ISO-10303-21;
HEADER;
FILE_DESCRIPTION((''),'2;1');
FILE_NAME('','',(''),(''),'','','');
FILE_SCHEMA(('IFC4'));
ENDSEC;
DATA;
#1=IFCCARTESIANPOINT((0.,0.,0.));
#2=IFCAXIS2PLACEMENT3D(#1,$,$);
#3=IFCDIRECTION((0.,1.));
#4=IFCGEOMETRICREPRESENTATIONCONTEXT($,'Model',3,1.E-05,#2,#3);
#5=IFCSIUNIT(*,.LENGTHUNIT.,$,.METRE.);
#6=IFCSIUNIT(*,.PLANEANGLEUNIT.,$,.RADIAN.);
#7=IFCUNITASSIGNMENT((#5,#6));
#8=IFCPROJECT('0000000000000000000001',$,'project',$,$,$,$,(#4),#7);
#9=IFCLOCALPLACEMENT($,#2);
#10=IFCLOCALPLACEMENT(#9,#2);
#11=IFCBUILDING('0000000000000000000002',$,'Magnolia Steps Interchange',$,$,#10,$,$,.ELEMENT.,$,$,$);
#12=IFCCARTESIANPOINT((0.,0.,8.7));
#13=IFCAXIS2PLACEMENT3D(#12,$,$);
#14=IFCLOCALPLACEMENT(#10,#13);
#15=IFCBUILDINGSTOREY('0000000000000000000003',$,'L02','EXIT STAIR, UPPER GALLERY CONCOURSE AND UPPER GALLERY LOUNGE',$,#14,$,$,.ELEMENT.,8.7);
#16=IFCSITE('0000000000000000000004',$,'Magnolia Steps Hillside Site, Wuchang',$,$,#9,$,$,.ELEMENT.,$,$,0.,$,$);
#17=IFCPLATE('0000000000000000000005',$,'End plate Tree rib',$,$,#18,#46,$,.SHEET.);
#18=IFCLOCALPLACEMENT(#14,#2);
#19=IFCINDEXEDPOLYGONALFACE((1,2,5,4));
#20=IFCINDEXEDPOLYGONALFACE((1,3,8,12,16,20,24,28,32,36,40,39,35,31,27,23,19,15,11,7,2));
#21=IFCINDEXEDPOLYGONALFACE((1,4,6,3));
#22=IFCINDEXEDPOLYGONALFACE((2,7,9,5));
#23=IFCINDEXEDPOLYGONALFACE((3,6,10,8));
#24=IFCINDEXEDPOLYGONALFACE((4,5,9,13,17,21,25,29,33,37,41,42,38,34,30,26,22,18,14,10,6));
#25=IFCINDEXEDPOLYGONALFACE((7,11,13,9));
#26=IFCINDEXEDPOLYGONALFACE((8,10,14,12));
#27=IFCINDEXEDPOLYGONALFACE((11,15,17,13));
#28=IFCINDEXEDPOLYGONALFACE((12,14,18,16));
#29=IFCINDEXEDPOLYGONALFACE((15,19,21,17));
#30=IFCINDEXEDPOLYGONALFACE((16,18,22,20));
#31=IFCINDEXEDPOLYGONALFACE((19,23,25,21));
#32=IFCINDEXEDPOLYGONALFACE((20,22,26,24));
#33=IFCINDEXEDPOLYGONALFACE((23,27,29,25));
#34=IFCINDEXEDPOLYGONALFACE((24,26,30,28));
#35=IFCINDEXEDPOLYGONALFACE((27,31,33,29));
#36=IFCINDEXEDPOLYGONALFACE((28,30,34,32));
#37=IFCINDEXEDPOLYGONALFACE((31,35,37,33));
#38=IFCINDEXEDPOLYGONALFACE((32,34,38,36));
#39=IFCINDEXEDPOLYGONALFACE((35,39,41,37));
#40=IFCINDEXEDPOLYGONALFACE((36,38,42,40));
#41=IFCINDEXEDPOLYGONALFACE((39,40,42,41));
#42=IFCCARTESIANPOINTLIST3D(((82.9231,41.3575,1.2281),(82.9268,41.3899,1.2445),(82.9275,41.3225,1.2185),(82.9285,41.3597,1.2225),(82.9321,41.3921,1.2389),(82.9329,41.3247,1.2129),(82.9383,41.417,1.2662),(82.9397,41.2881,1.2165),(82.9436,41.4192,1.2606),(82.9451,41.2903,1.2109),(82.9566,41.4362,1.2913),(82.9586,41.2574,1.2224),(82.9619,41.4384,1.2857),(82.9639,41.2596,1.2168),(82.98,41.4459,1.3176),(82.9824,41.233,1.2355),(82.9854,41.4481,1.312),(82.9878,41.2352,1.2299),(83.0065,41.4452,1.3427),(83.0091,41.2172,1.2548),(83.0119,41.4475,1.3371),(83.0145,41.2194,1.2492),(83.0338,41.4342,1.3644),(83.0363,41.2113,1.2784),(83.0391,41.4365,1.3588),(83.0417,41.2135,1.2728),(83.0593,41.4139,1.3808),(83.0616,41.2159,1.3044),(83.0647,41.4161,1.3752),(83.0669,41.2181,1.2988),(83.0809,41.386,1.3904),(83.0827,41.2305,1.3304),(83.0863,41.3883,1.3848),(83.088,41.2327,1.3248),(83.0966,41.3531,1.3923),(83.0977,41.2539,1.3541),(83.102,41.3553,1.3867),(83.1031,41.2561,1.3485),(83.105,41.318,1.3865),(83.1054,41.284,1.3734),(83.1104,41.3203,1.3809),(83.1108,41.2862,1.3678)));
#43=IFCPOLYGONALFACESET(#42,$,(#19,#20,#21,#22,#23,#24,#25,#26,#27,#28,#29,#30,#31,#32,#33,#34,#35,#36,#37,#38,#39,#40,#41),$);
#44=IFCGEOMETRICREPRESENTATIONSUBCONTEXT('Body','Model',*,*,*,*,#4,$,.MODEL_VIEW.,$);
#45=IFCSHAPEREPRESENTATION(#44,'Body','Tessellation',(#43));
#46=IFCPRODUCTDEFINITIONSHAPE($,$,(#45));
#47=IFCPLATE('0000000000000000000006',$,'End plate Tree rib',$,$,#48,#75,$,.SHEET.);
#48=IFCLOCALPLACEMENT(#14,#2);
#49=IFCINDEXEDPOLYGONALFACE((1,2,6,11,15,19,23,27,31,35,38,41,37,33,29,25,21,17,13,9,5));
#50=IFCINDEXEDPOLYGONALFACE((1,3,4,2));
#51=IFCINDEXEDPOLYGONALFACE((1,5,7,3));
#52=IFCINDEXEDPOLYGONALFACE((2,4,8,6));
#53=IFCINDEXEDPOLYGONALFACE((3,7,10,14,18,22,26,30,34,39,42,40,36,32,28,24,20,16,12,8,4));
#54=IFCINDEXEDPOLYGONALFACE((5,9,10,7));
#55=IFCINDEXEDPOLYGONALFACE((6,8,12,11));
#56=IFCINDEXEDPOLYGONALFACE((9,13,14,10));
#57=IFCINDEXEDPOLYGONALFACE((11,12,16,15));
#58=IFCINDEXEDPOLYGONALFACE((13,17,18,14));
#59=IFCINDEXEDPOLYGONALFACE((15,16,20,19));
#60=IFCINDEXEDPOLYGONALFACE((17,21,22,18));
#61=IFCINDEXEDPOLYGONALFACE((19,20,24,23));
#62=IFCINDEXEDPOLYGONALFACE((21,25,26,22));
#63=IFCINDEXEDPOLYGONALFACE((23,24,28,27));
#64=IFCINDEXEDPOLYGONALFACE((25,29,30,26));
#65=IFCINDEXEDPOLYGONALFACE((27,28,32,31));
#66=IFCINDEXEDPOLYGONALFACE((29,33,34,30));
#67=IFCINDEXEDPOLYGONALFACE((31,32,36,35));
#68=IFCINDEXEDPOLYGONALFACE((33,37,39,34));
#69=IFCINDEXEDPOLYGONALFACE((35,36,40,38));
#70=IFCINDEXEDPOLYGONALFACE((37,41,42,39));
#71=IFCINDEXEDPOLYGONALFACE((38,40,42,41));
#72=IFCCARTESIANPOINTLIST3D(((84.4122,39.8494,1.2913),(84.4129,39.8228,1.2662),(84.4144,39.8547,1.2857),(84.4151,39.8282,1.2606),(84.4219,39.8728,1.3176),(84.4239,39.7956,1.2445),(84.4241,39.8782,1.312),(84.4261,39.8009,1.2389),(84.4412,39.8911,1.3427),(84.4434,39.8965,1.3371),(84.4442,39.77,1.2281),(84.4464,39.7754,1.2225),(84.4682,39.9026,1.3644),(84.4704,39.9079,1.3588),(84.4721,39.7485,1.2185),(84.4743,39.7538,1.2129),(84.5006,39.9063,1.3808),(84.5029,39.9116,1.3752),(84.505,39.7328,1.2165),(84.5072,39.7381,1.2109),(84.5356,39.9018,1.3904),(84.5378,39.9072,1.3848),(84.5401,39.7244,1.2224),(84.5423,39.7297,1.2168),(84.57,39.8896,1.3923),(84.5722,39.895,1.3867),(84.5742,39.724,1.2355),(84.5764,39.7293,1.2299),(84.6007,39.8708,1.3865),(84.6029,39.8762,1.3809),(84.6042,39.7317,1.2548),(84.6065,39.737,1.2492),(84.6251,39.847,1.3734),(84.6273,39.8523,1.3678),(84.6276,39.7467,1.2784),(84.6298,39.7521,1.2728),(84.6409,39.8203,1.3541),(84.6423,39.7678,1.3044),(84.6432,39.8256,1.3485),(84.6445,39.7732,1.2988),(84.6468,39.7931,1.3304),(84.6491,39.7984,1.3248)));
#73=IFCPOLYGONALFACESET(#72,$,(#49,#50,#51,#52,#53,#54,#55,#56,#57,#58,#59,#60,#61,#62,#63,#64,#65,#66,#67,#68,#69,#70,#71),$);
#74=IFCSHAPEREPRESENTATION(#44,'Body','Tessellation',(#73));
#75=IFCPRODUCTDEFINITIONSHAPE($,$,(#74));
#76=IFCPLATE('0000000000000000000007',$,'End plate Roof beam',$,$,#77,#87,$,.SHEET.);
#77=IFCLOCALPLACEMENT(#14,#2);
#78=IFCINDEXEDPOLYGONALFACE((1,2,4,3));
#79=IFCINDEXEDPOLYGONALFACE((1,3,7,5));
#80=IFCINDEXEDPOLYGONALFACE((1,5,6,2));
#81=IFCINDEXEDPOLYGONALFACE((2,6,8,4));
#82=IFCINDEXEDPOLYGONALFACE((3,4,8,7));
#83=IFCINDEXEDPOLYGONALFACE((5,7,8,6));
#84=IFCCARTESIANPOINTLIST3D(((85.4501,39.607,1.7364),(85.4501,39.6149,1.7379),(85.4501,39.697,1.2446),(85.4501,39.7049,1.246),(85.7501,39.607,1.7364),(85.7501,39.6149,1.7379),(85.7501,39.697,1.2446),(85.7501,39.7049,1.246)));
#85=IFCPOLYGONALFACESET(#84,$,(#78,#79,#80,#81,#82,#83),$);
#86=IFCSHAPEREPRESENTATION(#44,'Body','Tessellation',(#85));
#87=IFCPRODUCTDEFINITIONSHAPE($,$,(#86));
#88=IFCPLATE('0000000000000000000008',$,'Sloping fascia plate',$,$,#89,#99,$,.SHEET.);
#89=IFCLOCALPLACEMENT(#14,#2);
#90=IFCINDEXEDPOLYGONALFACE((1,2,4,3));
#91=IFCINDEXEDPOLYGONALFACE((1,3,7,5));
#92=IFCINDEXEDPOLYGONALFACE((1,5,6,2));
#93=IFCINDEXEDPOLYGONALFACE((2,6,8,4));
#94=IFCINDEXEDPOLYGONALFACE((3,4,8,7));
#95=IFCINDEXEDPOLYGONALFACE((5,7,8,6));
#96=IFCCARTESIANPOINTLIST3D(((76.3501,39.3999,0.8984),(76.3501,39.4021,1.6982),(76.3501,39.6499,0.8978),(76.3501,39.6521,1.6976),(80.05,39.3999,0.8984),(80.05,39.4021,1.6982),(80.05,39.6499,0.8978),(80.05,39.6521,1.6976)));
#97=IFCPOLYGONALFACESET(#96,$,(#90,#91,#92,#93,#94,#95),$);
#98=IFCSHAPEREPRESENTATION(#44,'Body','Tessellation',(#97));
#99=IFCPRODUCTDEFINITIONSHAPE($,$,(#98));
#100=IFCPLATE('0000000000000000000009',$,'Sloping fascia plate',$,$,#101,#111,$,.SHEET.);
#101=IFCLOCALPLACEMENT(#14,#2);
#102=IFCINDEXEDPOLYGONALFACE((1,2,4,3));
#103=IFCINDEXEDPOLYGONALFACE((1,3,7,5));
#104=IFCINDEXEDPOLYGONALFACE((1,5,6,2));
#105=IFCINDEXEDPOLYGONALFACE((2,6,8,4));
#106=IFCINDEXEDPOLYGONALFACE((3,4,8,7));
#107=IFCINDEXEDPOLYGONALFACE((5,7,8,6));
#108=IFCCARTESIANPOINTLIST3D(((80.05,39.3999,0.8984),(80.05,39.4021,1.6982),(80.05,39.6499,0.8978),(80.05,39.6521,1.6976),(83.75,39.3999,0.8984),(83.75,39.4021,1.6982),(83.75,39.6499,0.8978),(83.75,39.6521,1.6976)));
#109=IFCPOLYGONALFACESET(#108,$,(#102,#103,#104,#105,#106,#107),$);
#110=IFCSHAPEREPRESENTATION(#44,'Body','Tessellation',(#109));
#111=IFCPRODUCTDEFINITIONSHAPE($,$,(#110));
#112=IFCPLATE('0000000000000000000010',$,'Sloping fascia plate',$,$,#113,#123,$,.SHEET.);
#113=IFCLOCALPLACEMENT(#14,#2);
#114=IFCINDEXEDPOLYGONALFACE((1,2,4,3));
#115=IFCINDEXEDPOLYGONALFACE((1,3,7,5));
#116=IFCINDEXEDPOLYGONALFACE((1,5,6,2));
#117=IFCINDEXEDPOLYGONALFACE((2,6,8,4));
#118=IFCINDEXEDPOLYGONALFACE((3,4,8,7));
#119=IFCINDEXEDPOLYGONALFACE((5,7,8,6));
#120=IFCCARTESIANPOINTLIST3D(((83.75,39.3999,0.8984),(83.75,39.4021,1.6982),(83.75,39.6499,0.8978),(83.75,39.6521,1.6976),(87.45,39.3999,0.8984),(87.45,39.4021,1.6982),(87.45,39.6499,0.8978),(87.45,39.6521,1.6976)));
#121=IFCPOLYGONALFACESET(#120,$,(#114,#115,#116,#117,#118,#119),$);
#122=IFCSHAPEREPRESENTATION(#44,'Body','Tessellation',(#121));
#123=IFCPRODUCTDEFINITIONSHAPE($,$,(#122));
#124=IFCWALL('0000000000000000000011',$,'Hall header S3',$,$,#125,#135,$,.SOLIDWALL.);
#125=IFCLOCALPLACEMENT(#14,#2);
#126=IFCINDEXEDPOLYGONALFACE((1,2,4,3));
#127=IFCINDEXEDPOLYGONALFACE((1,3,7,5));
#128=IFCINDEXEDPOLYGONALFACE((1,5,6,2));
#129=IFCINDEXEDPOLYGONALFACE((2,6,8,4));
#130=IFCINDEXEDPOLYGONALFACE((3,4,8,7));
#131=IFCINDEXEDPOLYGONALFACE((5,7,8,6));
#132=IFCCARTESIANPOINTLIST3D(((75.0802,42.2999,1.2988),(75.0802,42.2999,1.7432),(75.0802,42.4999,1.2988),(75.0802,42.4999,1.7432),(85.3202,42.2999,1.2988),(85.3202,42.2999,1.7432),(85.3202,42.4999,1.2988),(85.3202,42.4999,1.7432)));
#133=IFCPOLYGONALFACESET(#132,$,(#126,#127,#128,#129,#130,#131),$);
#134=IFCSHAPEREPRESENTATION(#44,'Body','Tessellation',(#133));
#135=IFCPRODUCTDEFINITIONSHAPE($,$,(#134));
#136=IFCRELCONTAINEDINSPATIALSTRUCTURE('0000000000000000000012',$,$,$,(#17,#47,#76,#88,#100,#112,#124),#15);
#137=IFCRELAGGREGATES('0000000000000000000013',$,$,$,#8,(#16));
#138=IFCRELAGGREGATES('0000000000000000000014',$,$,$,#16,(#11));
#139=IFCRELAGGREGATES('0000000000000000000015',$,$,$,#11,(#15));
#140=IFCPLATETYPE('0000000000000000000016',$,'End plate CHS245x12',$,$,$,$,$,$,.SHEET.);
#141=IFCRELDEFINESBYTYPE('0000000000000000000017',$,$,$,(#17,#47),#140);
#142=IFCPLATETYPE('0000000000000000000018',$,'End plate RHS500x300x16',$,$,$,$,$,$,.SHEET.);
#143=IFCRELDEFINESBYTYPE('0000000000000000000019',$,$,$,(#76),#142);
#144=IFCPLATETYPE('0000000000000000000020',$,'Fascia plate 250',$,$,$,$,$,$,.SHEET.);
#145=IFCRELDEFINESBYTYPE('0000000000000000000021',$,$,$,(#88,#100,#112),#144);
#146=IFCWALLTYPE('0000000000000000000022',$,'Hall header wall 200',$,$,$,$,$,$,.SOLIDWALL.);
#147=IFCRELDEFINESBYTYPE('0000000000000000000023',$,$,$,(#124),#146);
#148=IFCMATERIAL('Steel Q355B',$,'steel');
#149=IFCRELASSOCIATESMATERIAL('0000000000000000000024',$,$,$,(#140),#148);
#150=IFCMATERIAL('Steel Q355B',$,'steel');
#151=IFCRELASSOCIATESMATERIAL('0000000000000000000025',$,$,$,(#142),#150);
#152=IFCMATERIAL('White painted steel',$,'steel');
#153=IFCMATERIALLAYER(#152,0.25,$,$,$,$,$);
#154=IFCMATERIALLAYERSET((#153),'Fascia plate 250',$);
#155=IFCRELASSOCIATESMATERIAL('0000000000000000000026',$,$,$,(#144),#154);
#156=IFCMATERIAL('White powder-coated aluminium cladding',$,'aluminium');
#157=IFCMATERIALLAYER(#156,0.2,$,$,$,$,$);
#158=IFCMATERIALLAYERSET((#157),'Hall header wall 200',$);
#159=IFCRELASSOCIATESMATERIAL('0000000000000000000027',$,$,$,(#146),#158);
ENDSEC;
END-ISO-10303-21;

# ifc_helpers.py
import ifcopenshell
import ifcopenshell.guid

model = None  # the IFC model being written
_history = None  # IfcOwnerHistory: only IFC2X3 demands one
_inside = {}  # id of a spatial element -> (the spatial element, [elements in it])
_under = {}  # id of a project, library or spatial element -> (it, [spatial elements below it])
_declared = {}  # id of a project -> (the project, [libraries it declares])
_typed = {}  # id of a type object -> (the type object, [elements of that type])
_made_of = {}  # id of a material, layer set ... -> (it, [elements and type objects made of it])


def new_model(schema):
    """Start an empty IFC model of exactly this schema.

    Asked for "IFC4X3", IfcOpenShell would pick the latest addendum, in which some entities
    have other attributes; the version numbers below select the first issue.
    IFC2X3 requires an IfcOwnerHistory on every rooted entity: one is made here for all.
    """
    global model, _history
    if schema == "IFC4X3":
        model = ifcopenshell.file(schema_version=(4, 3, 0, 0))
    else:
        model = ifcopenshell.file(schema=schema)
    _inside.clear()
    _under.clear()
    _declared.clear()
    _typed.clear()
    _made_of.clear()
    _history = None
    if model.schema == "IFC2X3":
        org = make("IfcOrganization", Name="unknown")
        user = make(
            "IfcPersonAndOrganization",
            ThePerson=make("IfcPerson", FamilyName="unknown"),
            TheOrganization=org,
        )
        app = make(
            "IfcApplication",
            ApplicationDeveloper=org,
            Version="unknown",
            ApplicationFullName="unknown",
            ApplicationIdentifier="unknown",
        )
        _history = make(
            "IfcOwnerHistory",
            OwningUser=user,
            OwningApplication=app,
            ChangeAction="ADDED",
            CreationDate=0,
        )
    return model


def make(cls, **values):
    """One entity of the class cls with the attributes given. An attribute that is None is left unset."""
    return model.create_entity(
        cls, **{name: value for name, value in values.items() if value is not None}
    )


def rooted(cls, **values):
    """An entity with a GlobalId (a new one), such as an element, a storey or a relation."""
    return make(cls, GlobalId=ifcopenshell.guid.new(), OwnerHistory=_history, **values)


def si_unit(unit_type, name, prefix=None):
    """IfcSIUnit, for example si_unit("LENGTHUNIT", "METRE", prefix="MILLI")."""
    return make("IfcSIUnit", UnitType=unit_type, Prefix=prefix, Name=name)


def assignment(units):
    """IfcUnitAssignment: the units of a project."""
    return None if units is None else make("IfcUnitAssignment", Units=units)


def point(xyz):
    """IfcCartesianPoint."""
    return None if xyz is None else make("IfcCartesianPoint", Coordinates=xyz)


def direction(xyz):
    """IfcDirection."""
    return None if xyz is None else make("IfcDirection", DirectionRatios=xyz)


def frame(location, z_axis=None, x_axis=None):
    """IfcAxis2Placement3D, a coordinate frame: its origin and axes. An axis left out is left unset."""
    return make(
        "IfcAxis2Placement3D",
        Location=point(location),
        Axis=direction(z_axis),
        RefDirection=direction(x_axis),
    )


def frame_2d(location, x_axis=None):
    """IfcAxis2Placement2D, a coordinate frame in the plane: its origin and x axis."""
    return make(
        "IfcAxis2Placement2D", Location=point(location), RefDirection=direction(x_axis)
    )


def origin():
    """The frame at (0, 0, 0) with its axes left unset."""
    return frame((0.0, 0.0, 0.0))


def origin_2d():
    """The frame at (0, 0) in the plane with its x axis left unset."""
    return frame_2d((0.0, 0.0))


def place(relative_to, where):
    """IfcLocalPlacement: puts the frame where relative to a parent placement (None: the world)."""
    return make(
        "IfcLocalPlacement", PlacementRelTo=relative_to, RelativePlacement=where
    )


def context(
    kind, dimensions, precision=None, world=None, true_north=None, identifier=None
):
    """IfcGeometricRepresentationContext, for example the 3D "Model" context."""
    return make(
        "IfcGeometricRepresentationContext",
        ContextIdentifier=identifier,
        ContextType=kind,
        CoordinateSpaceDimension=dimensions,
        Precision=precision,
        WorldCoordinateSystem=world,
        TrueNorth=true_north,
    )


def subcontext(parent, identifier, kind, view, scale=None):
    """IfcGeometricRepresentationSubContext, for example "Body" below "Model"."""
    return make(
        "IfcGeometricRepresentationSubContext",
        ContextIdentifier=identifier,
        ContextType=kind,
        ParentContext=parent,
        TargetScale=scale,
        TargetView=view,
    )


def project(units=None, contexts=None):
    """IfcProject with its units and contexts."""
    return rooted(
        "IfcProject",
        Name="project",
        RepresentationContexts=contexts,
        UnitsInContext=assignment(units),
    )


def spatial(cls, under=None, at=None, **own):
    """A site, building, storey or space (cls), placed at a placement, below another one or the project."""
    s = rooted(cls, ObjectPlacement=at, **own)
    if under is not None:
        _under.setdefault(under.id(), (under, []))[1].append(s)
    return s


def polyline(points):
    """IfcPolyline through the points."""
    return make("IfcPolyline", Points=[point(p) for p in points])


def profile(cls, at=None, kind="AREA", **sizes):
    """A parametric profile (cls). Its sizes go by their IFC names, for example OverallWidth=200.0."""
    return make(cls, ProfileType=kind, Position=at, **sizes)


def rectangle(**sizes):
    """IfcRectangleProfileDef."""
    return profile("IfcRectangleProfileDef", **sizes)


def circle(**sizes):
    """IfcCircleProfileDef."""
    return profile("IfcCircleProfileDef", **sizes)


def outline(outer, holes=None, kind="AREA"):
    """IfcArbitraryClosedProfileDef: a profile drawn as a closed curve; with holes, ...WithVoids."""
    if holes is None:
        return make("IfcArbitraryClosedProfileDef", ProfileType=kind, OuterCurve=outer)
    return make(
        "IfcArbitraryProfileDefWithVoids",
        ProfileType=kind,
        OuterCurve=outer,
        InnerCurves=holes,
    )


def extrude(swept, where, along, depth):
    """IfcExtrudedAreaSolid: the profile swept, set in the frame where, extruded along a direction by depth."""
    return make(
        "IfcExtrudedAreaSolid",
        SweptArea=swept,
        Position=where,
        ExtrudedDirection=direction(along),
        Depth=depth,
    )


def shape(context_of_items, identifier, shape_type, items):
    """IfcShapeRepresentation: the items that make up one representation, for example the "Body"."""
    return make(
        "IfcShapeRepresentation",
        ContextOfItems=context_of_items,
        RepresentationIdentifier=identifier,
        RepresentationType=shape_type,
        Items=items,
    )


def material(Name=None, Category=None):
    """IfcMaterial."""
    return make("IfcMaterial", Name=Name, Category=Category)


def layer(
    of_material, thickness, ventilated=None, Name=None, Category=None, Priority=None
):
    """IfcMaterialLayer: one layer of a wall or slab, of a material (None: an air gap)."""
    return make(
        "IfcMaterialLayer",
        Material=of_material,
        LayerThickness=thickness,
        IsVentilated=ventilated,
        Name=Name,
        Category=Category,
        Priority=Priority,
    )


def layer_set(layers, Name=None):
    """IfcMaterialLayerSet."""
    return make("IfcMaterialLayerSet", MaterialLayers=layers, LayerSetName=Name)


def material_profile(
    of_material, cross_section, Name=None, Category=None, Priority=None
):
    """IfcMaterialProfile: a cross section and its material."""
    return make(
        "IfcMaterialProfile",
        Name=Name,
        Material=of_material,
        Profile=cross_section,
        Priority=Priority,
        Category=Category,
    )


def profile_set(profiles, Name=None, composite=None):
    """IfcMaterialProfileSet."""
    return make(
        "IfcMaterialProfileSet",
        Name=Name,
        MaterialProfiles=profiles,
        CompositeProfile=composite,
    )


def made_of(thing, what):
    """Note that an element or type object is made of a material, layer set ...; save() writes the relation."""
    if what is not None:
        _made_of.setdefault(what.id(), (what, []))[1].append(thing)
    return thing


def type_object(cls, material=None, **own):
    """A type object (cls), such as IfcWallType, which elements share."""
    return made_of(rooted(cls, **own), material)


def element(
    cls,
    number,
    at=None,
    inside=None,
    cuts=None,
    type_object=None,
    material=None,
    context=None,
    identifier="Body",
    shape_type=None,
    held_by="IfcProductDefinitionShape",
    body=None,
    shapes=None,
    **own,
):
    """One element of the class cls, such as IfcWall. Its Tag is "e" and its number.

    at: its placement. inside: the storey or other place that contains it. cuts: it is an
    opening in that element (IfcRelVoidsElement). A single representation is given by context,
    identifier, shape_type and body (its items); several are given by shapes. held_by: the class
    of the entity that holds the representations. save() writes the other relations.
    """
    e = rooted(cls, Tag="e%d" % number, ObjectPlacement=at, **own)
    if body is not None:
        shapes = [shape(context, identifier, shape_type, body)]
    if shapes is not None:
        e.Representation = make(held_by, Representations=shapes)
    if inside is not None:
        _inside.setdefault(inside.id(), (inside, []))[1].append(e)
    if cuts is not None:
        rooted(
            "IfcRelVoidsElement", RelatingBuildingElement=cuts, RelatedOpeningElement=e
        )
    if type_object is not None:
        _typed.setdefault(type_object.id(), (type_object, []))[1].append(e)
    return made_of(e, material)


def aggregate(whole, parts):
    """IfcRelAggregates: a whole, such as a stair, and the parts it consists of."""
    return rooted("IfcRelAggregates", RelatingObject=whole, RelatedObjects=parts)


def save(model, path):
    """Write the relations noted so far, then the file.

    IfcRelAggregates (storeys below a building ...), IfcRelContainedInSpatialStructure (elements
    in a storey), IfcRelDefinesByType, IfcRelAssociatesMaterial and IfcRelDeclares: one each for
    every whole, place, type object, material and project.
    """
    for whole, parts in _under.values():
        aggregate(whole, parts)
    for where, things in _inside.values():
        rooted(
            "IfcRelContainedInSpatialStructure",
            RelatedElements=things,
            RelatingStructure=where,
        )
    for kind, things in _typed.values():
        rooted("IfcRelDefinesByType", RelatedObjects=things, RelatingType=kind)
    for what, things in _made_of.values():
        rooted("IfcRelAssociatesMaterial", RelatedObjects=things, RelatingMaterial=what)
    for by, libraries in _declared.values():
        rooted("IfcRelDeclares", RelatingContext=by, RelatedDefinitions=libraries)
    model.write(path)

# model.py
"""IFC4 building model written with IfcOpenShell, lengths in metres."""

from ifc_helpers import new_model, si_unit, direction, frame, frame_2d, origin, origin_2d, place, context, subcontext, project, spatial, polyline, rectangle, circle, outline, extrude, material, layer, layer_set, material_profile, profile_set, type_object, element, save


model = new_model("IFC4")

# Units and contexts
model_context = context("Model", 3, precision=1e-05, world=origin(), true_north=direction((0.0, 1.0)))
body_context = subcontext(model_context, "Body", "Model", "MODEL_VIEW")
ifc_project = project(units=[si_unit("LENGTHUNIT", "METRE"), si_unit("PLANEANGLEUNIT", "RADIAN")], contexts=[model_context])

# Site, building, storey
site_placement = place(None, origin())
site = spatial("IfcSite", under=ifc_project, at=site_placement, Name="Magnolia Steps Hillside Site, Wuchang", CompositionType="ELEMENT", RefElevation=0.0)
building_placement = place(site_placement, origin())
building = spatial("IfcBuilding", under=site, at=building_placement, Name="Magnolia Steps Interchange", CompositionType="ELEMENT")
storey_placement = place(building_placement, frame((0.0, 0.0, 8.7)))
storey = spatial("IfcBuildingStorey", under=building, at=storey_placement, Name="L02", Description="EXIT STAIR, UPPER GALLERY CONCOURSE AND UPPER GALLERY LOUNGE", CompositionType="ELEMENT", Elevation=8.7)

# Plates
ifc_material_1 = material(Name="Steel Q355B", Category="steel")
ifc_material_profile_1 = material_profile(ifc_material_1, circle(Radius=0.1226, at=origin_2d()), Name="End plate CHS245x12")
ifc_profile_set_1 = profile_set([ifc_material_profile_1], Name="Steel Q355B")
plate_type_1 = type_object("IfcPlateType", Name="End plate CHS245x12", PredefinedType="SHEET", material=ifc_profile_set_1)
for number, where, z_axis, x_axis, name in (
    (1, (83.02, 41.3313, 1.2988), (-0.664583, -0.275279, 0.694658), (0.382683, -0.92388, 0.0), "End plate Tree rib"),
    (2, (84.5312, 39.8201, 1.2988), (-0.275279, -0.664583, 0.694658), (0.92388, -0.382683, 0.0), "End plate Tree rib"),
):
    element("IfcPlate", number, at=place(storey_placement, frame(where, z_axis=z_axis, x_axis=x_axis)), inside=storey, type_object=plate_type_1, Name=name, PredefinedType="SHEET", context=body_context, shape_type="SweptSolid", body=[
        extrude(circle(Radius=0.1226, at=origin_2d()), origin(), (0.0, 0.0, 1.0), 0.0081),
    ])
ifc_material_2 = material(Name="Steel Q355B", Category="steel")
ifc_material_profile_2 = material_profile(ifc_material_2, rectangle(XDim=0.3, YDim=0.5, at=origin_2d()), Name="End plate RHS500x300x16")
ifc_profile_set_2 = profile_set([ifc_material_profile_2], Name="Steel Q355B")
plate_type_2 = type_object("IfcPlateType", Name="End plate RHS500x300x16", PredefinedType="SHEET", material=ifc_profile_set_2)
plate_placement = place(storey_placement, frame((85.6001, 39.6599, 1.4919), z_axis=(0.0, -0.983683, -0.179911), x_axis=(1.0, 0.0, 0.0)))
element("IfcPlate", 3, at=plate_placement, inside=storey, type_object=plate_type_2, Name="End plate Roof beam", PredefinedType="SHEET", context=body_context, shape_type="SweptSolid", body=[
    extrude(rectangle(XDim=0.3, YDim=0.5, at=origin_2d()), origin(), (0.0, 0.0, 1.0), 0.0081),
])
ifc_material_3 = material(Name="White painted steel", Category="steel")
ifc_layer_1 = layer(ifc_material_3, 0.25)
ifc_layer_set_1 = layer_set([ifc_layer_1], Name="Fascia plate 250")
plate_type_3 = type_object("IfcPlateType", Name="Fascia plate 250", PredefinedType="SHEET", material=ifc_layer_set_1)
for number, where, z_axis, x_axis, name in (
    (4, (76.3501, 39.3999, 0.8984), (0.0, -0.999996, 0.002747), (1.0, 0.0, 0.0), "Sloping fascia plate"),
    (5, (80.05, 39.3999, 0.8984), (0.0, -0.999996, 0.002747), (1.0, 0.0, 0.0), "Sloping fascia plate"),
    (6, (83.75, 39.3999, 0.8984), (0.0, -0.999996, 0.002747), (1.0, 0.0, 0.0), "Sloping fascia plate"),
):
    element("IfcPlate", number, at=place(storey_placement, frame(where, z_axis=z_axis, x_axis=x_axis)), inside=storey, type_object=plate_type_3, Name=name, PredefinedType="SHEET", context=body_context, shape_type="SweptSolid", body=[
        extrude(outline(polyline([(0.0, 0.0), (3.7, 0.0), (3.7, 0.7998), (0.0, 0.7998), (0.0, 0.0)])), origin(), (0.0, 0.0, -1.0), 0.25),
    ])

# Wall
ifc_material_4 = material(Name="White powder-coated aluminium cladding", Category="aluminium")
ifc_layer_2 = layer(ifc_material_4, 0.2)
ifc_layer_set_2 = layer_set([ifc_layer_2], Name="Hall header wall 200")
wall_type = type_object("IfcWallType", Name="Hall header wall 200", PredefinedType="SOLIDWALL", material=ifc_layer_set_2)
wall_placement = place(storey_placement, frame((75.0801, 42.3999, 1.2988), z_axis=(0.0, 0.0, 1.0), x_axis=(1.0, 0.0, 0.0)))
element("IfcWall", 7, at=wall_placement, inside=storey, type_object=wall_type, Name="Hall header S3", PredefinedType="SOLIDWALL", context=body_context, shape_type="SweptSolid", body=[
    extrude(rectangle(XDim=10.24, YDim=0.2, at=frame_2d((5.1201, 0.0))), origin(), (0.0, 0.0, 1.0), 0.4443),
])

save(model, "model.ifc")
